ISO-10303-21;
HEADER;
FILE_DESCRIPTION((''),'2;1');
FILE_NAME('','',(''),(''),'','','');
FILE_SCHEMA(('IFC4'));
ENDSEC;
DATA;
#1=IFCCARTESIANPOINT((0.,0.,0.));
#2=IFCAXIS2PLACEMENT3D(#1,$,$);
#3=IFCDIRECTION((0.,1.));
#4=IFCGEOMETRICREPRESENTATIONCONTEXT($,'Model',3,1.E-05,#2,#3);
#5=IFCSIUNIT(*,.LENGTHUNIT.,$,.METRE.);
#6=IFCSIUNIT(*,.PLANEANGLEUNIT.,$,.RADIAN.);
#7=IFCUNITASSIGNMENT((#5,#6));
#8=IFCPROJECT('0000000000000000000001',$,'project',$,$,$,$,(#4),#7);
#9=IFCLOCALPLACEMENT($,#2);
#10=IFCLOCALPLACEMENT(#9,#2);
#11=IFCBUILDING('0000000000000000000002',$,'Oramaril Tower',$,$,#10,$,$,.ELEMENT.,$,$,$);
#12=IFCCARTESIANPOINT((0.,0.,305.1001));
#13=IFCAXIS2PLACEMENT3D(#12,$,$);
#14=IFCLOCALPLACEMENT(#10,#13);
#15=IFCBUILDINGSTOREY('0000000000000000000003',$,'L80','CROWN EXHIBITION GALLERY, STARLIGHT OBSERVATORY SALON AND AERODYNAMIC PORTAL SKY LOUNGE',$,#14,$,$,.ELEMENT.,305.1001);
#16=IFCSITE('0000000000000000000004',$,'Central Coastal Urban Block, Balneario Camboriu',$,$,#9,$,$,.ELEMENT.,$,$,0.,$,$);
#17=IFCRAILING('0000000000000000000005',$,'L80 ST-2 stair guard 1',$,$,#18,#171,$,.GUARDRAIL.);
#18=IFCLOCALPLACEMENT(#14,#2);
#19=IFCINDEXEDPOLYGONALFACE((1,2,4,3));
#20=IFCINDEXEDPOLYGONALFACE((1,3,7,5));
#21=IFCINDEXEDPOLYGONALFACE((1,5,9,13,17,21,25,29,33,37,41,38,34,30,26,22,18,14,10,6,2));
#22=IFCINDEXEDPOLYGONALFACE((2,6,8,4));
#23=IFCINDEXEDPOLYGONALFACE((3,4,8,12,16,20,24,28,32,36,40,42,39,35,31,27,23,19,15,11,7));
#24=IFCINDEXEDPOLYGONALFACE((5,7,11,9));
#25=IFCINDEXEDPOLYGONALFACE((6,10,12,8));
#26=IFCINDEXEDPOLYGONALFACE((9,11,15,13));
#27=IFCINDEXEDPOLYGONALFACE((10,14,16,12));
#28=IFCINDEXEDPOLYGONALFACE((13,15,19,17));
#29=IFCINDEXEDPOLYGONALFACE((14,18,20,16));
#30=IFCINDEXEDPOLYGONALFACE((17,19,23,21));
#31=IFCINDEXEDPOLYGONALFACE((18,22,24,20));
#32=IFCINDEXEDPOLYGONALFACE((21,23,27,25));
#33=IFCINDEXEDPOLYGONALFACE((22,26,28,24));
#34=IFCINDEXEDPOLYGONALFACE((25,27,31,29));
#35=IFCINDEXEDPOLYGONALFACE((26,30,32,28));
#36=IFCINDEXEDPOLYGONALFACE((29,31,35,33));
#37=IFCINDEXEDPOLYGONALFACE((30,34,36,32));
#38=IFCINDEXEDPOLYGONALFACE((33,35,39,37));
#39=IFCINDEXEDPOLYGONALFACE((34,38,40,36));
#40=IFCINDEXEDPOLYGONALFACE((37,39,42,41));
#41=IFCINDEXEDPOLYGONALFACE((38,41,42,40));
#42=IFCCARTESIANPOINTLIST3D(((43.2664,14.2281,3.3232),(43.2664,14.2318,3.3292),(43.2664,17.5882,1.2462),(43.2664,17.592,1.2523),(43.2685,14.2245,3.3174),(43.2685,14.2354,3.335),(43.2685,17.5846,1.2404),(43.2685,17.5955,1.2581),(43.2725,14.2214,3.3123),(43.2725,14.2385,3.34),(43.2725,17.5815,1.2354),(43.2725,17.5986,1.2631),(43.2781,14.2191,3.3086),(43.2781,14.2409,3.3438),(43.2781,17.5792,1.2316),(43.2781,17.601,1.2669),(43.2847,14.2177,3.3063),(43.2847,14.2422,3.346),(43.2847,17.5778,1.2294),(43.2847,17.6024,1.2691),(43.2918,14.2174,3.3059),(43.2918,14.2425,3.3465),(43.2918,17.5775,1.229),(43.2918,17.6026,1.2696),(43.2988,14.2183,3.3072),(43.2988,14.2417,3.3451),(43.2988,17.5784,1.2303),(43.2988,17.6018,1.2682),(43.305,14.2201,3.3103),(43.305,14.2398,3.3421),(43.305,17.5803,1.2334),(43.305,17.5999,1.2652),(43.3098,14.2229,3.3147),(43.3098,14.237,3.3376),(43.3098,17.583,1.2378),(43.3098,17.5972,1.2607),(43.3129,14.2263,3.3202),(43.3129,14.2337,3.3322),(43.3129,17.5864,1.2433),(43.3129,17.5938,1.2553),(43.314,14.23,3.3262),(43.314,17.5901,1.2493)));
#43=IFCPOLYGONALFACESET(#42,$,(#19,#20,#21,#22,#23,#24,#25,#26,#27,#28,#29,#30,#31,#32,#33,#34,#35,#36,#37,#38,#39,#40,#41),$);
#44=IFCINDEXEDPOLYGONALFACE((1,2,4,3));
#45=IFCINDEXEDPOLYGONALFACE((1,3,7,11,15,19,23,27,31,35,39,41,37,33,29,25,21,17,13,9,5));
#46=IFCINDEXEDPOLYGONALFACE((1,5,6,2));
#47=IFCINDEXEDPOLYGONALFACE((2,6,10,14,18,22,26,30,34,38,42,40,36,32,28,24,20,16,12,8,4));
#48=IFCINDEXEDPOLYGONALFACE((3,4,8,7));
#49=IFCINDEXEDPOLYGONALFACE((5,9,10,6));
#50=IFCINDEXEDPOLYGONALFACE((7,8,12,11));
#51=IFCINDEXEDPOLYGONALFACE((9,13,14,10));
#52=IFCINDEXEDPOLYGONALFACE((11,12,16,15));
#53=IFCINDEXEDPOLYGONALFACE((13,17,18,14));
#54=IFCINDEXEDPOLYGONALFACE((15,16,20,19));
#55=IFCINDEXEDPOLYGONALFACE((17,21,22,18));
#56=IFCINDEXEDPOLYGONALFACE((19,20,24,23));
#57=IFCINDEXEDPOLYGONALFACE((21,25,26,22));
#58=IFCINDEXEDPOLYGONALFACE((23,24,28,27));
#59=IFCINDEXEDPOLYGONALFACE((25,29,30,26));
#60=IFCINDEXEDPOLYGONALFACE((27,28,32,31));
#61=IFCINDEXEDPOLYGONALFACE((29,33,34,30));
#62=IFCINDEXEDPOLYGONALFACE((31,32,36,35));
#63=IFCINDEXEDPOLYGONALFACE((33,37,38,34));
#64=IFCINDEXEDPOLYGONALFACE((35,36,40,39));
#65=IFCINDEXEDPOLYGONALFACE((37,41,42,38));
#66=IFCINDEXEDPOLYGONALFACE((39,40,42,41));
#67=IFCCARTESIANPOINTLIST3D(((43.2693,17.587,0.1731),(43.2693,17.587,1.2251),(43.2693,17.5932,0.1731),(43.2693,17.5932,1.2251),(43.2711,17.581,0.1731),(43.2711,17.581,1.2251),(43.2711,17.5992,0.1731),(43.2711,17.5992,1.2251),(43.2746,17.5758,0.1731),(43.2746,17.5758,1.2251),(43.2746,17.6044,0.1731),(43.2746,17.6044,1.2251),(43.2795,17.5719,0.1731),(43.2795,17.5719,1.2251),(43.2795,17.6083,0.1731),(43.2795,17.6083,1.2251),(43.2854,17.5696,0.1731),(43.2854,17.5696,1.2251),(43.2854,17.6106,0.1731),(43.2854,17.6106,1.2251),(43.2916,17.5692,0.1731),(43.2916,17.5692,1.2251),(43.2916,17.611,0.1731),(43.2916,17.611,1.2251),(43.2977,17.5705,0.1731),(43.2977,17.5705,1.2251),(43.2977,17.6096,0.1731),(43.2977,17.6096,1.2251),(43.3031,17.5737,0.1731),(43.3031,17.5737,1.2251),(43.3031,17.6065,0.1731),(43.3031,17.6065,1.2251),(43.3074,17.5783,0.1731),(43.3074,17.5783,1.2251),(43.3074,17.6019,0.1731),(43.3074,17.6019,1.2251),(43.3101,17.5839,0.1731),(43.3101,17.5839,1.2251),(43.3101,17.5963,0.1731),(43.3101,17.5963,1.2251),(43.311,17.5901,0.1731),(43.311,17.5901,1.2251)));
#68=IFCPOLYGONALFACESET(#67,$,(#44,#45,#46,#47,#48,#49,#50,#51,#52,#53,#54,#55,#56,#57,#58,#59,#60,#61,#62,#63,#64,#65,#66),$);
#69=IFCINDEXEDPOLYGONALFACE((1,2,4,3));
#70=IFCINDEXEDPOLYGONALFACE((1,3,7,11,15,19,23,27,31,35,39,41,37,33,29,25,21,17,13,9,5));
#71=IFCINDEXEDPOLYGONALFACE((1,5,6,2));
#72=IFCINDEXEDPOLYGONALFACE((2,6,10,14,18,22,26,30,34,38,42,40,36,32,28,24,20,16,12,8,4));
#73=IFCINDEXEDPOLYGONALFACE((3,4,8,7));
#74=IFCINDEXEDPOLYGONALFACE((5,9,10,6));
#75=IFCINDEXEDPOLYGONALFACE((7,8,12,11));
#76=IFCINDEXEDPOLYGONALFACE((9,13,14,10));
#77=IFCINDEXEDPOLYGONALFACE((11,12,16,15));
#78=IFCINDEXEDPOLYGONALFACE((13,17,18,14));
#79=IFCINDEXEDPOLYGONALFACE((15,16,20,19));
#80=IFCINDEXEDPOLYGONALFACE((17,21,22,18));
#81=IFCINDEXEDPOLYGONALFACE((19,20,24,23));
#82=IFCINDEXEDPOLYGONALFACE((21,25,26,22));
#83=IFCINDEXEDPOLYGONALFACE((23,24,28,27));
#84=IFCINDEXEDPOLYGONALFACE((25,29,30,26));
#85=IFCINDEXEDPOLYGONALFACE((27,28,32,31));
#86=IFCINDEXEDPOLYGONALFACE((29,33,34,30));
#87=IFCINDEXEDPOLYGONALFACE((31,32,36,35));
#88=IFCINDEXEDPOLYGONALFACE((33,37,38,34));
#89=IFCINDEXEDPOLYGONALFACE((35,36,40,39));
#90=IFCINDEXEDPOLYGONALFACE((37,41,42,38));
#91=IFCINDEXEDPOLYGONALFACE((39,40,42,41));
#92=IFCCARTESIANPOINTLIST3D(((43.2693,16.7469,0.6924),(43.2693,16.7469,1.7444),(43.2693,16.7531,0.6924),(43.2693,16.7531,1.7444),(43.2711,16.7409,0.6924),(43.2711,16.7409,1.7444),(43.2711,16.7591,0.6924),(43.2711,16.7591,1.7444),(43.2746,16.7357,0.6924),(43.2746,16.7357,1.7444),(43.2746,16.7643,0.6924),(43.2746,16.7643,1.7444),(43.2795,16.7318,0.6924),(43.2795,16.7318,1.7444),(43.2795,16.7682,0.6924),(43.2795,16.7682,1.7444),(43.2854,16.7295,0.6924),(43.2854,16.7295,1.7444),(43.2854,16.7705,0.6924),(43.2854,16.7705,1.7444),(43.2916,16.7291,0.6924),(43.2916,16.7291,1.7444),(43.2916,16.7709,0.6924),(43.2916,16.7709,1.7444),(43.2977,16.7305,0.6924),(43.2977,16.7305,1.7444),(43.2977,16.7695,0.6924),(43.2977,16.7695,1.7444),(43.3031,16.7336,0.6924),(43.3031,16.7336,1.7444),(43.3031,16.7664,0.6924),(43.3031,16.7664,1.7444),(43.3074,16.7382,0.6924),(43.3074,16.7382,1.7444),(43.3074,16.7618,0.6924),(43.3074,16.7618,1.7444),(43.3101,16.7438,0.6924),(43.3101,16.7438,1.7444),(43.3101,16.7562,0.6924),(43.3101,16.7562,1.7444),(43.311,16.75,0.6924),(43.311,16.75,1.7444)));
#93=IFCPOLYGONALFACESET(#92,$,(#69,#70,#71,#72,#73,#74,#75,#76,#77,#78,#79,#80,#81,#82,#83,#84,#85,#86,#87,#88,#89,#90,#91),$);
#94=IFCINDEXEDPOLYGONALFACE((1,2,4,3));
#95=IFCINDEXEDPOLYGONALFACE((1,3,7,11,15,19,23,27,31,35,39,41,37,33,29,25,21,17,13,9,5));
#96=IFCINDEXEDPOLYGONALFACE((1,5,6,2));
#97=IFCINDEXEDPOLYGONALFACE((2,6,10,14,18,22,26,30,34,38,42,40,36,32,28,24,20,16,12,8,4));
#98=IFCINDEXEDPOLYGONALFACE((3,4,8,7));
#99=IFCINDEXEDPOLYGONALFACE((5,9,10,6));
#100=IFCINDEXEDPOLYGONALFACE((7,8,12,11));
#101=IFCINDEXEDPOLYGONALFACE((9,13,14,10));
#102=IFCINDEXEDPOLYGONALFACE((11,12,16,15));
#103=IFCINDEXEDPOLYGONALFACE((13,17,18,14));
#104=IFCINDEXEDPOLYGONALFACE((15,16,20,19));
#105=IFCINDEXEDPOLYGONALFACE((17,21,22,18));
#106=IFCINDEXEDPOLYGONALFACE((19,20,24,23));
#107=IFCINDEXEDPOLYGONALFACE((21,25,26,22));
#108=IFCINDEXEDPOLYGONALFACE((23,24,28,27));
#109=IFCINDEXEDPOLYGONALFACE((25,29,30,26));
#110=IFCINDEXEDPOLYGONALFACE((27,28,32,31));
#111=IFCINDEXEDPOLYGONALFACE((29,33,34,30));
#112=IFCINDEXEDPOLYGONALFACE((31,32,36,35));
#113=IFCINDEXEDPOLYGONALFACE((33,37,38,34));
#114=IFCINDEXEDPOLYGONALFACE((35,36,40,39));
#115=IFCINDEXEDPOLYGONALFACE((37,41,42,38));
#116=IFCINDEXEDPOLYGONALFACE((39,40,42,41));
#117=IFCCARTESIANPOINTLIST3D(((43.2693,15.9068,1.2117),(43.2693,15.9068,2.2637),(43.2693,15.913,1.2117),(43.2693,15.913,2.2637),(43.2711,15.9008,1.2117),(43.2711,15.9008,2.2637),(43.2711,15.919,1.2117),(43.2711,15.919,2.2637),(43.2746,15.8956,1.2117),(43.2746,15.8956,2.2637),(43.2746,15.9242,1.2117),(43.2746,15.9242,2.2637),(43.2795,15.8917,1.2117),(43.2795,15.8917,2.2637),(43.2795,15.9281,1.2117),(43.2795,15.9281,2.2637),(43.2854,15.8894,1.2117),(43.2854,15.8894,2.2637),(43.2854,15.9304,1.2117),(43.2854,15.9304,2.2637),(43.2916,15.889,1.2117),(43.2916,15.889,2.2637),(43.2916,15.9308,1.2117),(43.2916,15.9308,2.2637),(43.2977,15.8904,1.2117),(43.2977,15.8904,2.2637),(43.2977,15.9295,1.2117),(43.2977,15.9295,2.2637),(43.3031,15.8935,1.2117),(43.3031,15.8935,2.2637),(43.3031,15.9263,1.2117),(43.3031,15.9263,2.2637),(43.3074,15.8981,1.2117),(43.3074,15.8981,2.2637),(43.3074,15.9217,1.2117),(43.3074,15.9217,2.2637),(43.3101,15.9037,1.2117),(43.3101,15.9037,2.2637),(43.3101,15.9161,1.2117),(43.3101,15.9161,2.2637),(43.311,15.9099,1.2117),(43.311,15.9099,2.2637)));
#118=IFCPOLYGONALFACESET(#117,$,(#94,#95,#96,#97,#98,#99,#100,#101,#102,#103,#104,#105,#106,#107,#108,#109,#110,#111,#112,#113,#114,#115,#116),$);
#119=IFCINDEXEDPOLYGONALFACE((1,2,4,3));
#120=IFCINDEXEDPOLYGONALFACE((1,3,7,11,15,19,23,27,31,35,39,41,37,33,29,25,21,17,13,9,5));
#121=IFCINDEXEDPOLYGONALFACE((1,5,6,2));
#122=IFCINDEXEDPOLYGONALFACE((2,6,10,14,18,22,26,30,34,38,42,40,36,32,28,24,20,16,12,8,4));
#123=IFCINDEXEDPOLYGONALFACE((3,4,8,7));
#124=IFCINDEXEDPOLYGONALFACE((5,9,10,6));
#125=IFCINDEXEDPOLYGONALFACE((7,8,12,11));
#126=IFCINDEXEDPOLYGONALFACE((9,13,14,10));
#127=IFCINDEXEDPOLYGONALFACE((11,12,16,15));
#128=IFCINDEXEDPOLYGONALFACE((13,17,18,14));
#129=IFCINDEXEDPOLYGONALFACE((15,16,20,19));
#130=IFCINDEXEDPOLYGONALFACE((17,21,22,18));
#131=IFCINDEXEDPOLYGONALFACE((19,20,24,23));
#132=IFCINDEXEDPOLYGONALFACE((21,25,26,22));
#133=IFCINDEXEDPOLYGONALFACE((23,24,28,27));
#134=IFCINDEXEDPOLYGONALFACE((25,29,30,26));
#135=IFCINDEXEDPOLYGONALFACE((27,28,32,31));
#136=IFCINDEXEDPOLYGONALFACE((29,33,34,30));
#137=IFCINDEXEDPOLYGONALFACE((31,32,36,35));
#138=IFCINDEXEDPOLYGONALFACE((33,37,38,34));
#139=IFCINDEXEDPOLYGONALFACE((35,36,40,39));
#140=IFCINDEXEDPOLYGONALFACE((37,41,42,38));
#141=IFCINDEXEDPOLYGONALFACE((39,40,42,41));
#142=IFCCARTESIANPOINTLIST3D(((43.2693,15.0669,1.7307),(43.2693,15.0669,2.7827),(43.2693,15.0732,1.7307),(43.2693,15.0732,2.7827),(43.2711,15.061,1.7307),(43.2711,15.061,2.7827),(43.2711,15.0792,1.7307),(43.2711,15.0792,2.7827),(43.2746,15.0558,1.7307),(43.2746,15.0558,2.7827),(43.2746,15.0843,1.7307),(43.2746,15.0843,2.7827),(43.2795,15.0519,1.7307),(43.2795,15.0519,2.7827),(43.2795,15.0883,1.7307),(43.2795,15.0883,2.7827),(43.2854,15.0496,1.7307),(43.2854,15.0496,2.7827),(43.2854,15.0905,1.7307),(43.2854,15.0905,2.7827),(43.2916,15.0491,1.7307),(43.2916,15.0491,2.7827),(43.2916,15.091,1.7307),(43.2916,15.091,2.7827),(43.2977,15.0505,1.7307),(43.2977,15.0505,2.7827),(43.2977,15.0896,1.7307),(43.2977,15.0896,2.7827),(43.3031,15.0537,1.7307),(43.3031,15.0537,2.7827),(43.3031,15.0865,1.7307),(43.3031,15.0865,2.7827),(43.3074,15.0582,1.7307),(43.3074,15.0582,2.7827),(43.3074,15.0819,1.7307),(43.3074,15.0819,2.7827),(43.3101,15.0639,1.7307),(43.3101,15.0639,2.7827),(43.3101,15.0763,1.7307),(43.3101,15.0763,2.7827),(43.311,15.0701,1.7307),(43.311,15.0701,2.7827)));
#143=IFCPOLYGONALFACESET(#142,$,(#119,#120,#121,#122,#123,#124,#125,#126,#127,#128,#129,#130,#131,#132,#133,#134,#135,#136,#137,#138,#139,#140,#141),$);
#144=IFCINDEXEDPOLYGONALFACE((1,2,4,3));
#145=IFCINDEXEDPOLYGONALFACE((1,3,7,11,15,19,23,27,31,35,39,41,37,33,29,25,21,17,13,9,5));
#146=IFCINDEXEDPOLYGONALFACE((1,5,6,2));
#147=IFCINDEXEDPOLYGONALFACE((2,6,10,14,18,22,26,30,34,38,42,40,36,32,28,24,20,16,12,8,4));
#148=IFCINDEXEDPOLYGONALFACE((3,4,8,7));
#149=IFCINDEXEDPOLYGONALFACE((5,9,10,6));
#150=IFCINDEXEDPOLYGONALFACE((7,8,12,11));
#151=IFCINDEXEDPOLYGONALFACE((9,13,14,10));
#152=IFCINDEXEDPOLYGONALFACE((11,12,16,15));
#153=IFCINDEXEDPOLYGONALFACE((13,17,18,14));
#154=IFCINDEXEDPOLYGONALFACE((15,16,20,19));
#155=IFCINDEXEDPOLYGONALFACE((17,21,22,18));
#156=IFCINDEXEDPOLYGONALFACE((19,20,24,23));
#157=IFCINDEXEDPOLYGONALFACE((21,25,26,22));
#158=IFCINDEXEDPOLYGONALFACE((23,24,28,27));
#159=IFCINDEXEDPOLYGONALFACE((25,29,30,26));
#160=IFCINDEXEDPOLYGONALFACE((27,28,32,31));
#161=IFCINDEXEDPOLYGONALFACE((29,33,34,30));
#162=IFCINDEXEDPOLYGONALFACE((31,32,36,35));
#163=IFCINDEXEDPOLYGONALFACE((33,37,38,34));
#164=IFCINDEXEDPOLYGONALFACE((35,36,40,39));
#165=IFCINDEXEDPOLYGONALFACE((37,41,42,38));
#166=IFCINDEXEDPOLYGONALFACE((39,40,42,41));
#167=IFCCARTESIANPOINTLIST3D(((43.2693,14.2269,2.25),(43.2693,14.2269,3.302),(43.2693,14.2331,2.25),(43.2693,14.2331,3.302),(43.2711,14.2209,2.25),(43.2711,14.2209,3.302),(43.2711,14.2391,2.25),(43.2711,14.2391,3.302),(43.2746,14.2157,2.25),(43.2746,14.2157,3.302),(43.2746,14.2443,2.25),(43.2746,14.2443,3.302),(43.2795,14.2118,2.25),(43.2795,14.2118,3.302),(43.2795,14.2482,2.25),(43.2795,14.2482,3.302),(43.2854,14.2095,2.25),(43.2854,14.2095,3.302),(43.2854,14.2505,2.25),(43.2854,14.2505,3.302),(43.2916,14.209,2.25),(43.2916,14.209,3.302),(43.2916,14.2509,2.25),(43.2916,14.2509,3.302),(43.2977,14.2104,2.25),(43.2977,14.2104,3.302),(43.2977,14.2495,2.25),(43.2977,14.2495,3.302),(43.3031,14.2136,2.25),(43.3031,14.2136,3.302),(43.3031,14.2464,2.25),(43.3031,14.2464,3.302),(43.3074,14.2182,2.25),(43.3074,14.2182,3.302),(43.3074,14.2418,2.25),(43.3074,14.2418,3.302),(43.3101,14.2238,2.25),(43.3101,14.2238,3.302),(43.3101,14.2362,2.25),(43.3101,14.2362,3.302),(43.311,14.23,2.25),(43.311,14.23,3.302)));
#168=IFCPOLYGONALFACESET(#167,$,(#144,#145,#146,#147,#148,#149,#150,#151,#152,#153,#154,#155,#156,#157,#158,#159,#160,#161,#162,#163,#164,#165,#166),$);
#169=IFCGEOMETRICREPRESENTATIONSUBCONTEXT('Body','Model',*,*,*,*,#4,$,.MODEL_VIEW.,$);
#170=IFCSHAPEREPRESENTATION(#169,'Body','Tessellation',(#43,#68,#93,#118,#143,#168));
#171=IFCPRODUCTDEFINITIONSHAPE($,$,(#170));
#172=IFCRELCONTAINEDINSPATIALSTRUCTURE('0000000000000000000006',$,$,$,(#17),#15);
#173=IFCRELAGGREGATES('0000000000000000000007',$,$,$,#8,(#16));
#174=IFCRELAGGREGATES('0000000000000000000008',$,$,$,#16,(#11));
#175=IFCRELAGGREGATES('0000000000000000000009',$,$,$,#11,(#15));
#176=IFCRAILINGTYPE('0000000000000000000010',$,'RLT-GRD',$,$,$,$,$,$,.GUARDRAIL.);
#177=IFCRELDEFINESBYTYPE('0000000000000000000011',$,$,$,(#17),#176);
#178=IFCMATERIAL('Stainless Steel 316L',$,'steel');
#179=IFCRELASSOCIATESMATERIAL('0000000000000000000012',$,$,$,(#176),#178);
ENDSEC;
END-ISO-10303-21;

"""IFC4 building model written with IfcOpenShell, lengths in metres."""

from ifc_helpers import new_model, si_unit, direction, frame, origin, origin_2d, place, context, subcontext, project, spatial, circle, extrude, material, type_object, element, save


model = new_model("IFC4")

# Units and contexts
model_context = context("Model", 3, precision=1e-05, world=origin(), true_north=direction((0.0, 1.0)))
body_context = subcontext(model_context, "Body", "Model", "MODEL_VIEW")
ifc_project = project(units=[si_unit("LENGTHUNIT", "METRE"), si_unit("PLANEANGLEUNIT", "RADIAN")], contexts=[model_context])

# Site, building, storey
site_placement = place(None, origin())
site = spatial("IfcSite", under=ifc_project, at=site_placement, Name="Central Coastal Urban Block, Balneario Camboriu", CompositionType="ELEMENT", RefElevation=0.0)
building_placement = place(site_placement, origin())
building = spatial("IfcBuilding", under=site, at=building_placement, Name="Oramaril Tower", CompositionType="ELEMENT")
storey_placement = place(building_placement, frame((0.0, 0.0, 305.1001)))
storey = spatial("IfcBuildingStorey", under=building, at=storey_placement, Name="L80", Description="CROWN EXHIBITION GALLERY, STARLIGHT OBSERVATORY SALON AND AERODYNAMIC PORTAL SKY LOUNGE", CompositionType="ELEMENT", Elevation=305.1001)

# Railing
ifc_material_1 = material(Name="Stainless Steel 316L", Category="steel")
railing_type_1 = type_object("IfcRailingType", Name="RLT-GRD", PredefinedType="GUARDRAIL", material=ifc_material_1)
railing_1_placement = place(storey_placement, frame((43.29, 17.5901, 0.1731)))
element("IfcRailing", 1, at=railing_1_placement, inside=storey, type_object=railing_type_1, Name="L80 ST-2 stair guard 1", PredefinedType="GUARDRAIL", context=body_context, shape_type="SweptSolid", body=[
    extrude(circle(Radius=0.0239, at=origin_2d()), frame((0.0, 0.0, 1.0762), z_axis=(0.0, -0.850623, 0.525776), x_axis=(1.0, 0.0, 0.0)), (0.0, 0.0, 1.0), 3.9502),
    extrude(circle(Radius=0.021, at=origin_2d()), origin(), (0.0, 0.0, 1.0), 1.052),
    extrude(circle(Radius=0.021, at=origin_2d()), frame((0.0, -0.8401, 0.5193)), (0.0, 0.0, 1.0), 1.052),
    extrude(circle(Radius=0.021, at=origin_2d()), frame((0.0, -1.6802, 1.0386)), (0.0, 0.0, 1.0), 1.052),
    extrude(circle(Radius=0.021, at=origin_2d()), frame((0.0, -2.52, 1.5576)), (0.0, 0.0, 1.0), 1.052),
    extrude(circle(Radius=0.021, at=origin_2d()), frame((0.0, -3.3601, 2.0769)), (0.0, 0.0, 1.0), 1.052),
])

save(model, "model.ifc")
